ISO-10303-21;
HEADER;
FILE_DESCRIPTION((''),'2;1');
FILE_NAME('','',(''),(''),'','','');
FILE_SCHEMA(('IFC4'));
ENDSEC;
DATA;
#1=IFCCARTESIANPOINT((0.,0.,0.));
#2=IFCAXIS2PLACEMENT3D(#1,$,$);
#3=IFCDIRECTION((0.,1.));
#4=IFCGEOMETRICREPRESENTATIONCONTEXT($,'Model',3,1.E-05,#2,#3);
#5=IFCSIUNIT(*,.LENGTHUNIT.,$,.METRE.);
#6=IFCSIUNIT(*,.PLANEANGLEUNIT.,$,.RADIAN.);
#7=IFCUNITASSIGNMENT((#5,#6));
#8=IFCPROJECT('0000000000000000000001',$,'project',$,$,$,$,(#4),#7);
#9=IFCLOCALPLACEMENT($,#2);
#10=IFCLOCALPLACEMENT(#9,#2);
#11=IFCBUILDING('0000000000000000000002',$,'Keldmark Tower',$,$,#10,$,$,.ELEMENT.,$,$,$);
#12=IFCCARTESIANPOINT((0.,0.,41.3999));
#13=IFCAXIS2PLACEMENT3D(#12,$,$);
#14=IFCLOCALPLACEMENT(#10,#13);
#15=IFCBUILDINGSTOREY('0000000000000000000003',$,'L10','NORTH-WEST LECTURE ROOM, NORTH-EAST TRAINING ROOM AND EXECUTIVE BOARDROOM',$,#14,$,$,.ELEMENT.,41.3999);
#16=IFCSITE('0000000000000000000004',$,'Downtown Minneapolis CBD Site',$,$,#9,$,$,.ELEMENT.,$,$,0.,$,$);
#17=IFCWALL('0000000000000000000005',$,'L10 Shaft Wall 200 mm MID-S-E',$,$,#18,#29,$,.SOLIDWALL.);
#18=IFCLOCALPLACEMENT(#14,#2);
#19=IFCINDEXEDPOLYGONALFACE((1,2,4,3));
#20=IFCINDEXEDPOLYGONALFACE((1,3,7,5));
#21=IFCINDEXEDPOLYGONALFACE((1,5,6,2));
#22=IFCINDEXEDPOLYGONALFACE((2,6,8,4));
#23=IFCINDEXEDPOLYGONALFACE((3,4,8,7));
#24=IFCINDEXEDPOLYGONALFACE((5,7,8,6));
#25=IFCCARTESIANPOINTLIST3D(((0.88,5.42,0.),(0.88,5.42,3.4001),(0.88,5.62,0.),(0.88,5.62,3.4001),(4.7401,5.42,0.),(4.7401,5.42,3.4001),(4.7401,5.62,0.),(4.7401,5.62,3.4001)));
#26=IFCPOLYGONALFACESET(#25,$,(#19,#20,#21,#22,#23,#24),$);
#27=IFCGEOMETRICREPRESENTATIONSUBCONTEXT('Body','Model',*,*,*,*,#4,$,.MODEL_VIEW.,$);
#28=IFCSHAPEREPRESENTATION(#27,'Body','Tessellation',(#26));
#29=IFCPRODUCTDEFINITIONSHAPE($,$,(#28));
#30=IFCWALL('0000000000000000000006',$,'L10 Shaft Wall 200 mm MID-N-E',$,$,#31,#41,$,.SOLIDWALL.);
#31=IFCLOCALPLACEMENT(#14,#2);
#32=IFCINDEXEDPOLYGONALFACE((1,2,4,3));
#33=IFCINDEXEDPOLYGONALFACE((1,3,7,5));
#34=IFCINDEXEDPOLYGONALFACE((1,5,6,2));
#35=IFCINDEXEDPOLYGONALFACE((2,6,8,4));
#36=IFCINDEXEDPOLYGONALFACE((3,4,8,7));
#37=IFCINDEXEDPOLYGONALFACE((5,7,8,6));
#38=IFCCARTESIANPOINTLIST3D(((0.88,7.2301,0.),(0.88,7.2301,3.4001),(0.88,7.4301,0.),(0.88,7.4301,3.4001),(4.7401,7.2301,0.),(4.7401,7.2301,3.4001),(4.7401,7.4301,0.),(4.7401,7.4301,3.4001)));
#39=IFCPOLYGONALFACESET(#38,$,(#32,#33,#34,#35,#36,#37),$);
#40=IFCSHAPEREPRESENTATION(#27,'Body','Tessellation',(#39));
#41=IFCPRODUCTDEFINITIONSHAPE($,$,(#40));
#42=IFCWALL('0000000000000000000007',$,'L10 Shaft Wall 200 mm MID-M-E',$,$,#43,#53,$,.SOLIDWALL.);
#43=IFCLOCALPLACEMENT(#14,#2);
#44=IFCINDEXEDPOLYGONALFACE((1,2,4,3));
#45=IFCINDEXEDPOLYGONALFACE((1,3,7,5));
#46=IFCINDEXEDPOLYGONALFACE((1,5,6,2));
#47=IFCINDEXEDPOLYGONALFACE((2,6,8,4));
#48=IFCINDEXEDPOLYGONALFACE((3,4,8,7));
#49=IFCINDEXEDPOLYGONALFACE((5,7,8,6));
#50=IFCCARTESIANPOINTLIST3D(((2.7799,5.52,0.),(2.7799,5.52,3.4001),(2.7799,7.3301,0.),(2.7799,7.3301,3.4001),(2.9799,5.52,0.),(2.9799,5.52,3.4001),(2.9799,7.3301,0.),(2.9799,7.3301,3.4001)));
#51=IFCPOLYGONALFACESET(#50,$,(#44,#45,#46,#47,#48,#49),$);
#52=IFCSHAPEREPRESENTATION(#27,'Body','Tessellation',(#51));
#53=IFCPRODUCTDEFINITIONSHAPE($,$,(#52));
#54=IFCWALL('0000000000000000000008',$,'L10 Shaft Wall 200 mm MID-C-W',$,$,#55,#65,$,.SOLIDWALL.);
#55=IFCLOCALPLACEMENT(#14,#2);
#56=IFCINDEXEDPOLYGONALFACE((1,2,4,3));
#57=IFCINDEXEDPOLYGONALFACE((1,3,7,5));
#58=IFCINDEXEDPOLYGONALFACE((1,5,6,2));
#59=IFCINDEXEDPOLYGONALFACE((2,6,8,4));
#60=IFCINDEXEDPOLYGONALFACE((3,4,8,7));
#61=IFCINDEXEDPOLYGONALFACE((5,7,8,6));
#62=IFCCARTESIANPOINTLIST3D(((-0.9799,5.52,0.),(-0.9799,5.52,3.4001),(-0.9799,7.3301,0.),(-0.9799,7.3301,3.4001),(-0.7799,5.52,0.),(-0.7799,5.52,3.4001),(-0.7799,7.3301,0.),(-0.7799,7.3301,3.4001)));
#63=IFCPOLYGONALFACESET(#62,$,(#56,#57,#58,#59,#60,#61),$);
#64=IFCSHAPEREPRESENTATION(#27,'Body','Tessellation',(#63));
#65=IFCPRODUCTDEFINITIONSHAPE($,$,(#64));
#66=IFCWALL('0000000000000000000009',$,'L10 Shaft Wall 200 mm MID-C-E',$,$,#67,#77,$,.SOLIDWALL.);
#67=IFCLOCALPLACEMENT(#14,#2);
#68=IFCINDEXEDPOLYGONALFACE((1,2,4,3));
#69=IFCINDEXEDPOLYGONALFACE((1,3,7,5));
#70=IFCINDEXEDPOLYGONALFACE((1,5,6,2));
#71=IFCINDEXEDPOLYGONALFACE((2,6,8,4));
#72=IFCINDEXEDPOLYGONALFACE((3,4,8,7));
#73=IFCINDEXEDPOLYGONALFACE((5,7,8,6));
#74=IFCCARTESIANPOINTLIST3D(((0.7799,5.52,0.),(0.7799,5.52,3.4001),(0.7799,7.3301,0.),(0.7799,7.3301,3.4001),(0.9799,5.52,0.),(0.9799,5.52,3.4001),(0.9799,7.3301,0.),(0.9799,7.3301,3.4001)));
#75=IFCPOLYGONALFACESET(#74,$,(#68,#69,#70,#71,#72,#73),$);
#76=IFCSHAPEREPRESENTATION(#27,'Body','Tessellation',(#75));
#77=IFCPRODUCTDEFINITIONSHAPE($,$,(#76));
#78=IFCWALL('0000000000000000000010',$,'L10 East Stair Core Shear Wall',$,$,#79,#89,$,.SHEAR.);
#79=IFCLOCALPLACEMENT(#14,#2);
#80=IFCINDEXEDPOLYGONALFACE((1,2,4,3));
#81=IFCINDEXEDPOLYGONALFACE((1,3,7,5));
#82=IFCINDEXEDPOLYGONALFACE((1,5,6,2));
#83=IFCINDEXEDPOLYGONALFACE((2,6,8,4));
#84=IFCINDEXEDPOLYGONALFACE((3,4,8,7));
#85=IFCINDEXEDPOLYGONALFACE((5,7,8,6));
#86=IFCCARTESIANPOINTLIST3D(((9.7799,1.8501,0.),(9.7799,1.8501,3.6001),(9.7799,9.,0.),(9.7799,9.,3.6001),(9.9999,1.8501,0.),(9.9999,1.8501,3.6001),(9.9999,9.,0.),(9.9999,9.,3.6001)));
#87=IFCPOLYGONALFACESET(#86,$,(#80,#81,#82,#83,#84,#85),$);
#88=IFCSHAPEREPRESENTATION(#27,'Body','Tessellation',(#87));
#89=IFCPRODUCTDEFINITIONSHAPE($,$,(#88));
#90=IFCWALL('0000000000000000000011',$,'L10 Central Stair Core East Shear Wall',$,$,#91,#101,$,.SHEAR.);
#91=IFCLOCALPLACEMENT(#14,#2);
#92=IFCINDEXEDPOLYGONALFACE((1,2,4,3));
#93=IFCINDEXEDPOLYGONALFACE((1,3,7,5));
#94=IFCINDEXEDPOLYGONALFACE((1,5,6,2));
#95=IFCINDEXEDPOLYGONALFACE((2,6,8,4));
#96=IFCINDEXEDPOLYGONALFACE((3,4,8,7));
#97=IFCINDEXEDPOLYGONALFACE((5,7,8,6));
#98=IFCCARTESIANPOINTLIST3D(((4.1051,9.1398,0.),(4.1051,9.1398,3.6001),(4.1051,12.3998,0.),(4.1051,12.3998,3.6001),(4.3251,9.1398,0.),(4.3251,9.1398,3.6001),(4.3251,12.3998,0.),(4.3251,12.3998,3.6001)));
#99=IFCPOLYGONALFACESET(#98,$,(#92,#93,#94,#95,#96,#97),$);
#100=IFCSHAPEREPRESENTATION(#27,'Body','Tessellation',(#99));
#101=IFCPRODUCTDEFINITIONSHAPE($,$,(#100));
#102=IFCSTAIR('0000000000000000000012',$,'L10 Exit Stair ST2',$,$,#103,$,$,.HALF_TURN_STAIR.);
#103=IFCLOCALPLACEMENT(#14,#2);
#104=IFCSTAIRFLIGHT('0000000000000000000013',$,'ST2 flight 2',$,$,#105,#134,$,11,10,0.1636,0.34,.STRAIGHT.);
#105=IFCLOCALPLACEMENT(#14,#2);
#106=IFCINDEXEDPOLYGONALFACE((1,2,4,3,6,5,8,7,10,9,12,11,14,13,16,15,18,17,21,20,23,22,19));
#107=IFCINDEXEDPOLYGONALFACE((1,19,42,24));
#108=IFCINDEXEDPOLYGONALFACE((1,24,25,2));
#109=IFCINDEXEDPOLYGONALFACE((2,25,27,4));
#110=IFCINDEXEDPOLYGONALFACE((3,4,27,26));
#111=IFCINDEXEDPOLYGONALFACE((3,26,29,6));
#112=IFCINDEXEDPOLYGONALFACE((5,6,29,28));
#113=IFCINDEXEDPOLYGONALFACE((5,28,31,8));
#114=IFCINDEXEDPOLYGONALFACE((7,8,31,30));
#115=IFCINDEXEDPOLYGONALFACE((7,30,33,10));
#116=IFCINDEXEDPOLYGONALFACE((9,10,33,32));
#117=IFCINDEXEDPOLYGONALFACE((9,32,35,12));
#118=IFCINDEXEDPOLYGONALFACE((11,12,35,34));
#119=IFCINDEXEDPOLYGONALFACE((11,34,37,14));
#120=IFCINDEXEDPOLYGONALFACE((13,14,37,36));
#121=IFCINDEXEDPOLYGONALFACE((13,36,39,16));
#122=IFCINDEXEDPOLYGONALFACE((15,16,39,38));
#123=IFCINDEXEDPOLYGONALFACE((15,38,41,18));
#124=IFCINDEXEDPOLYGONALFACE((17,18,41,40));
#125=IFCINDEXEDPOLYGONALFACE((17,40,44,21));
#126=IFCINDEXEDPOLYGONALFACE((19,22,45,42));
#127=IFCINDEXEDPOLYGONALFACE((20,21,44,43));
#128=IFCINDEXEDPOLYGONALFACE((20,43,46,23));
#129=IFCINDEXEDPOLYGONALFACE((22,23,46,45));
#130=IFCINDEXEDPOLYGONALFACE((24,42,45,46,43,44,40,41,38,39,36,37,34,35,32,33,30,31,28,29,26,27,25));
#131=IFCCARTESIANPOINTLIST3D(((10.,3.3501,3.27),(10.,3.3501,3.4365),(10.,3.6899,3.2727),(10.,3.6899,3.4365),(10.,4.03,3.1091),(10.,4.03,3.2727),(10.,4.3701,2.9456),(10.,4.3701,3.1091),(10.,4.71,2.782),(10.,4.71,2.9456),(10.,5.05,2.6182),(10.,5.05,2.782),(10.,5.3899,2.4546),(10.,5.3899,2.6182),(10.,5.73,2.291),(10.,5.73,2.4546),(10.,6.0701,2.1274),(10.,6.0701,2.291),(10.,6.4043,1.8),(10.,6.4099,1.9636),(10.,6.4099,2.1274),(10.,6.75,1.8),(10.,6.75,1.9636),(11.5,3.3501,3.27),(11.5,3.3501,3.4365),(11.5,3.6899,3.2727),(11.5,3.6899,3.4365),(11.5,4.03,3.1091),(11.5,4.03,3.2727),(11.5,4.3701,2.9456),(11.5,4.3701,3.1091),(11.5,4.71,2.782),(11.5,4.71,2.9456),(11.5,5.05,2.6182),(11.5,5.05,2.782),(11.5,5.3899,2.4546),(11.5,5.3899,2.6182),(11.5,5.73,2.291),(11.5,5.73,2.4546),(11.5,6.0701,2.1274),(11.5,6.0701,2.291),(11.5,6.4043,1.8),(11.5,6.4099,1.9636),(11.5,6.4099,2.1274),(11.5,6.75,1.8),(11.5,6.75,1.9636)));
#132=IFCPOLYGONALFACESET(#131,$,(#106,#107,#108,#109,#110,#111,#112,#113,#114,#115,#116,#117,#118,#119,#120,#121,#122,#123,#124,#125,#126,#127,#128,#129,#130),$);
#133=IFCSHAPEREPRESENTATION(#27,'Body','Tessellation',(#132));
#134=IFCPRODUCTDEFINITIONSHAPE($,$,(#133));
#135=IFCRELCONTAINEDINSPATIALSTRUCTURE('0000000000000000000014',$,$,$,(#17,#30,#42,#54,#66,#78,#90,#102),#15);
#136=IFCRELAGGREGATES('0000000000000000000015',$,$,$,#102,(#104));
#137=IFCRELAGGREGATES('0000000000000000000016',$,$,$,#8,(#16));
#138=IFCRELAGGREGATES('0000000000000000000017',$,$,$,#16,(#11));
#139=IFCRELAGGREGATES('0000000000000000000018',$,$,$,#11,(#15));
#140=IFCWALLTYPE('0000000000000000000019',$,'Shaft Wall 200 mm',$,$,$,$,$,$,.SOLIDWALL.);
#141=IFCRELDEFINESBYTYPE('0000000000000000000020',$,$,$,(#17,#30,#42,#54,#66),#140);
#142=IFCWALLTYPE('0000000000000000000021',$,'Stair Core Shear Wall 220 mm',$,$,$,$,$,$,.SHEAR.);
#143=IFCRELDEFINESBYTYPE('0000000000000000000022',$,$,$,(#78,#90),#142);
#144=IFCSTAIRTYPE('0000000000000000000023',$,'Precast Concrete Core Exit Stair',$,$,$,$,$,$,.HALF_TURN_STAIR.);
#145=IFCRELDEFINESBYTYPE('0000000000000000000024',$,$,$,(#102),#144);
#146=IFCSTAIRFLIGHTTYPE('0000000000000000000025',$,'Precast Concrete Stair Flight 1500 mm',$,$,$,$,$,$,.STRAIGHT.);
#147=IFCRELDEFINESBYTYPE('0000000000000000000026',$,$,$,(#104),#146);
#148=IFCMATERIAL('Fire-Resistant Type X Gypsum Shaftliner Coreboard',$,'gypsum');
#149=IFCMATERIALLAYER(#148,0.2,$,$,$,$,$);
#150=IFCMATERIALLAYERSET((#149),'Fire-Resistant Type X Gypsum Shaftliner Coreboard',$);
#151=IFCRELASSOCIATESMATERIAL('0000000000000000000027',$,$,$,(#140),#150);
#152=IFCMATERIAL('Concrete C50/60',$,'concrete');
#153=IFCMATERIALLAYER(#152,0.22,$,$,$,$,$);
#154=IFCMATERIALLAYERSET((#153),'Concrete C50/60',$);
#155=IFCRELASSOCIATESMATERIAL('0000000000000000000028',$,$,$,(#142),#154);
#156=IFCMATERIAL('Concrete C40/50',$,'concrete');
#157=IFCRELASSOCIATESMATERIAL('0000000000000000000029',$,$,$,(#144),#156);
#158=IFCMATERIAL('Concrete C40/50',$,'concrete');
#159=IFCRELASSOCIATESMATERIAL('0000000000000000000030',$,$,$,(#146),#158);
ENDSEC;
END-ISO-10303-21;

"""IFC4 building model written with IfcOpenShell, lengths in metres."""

from ifc_helpers import new_model, si_unit, direction, frame, frame_2d, origin, place, context, subcontext, project, spatial, polyline, rectangle, outline, extrude, material, layer, layer_set, type_object, element, aggregate, save


model = new_model("IFC4")

# Units and contexts
model_context = context("Model", 3, precision=1e-05, world=origin(), true_north=direction((0.0, 1.0)))
body_context = subcontext(model_context, "Body", "Model", "MODEL_VIEW")
ifc_project = project(units=[si_unit("LENGTHUNIT", "METRE"), si_unit("PLANEANGLEUNIT", "RADIAN")], contexts=[model_context])

# Site, building, storey
site_placement = place(None, origin())
site = spatial("IfcSite", under=ifc_project, at=site_placement, Name="Downtown Minneapolis CBD Site", CompositionType="ELEMENT", RefElevation=0.0)
building_placement = place(site_placement, origin())
building = spatial("IfcBuilding", under=site, at=building_placement, Name="Keldmark Tower", CompositionType="ELEMENT")
storey_placement = place(building_placement, frame((0.0, 0.0, 41.3999)))
storey = spatial("IfcBuildingStorey", under=building, at=storey_placement, Name="L10", Description="NORTH-WEST LECTURE ROOM, NORTH-EAST TRAINING ROOM AND EXECUTIVE BOARDROOM", CompositionType="ELEMENT", Elevation=41.3999)

# Shared definitions
ifc_material_1 = material(Name="Fire-Resistant Type X Gypsum Shaftliner Coreboard", Category="gypsum")
ifc_layer_1 = layer(ifc_material_1, 0.2)
ifc_layer_set_1 = layer_set([ifc_layer_1], Name="Fire-Resistant Type X Gypsum Shaftliner Coreboard")
wall_type_1 = type_object("IfcWallType", Name="Shaft Wall 200 mm", PredefinedType="SOLIDWALL", material=ifc_layer_set_1)

# Walls
for number, where, z_axis, x_axis, name in (
    (1, (0.8799, 5.52, 0.0), (0.0, 0.0, 1.0), (1.0, 0.0, 0.0), "L10 Shaft Wall 200 mm MID-S-E"),
    (2, (0.8799, 7.3301, 0.0), (0.0, 0.0, 1.0), (1.0, 0.0, 0.0), "L10 Shaft Wall 200 mm MID-N-E"),
):
    element("IfcWall", number, at=place(storey_placement, frame(where, z_axis=z_axis, x_axis=x_axis)), inside=storey, type_object=wall_type_1, Name=name, PredefinedType="SOLIDWALL", context=body_context, shape_type="SweptSolid", body=[
        extrude(rectangle(XDim=3.8601, YDim=0.2, at=frame_2d((1.9302, 0.0))), origin(), (0.0, 0.0, 1.0), 3.4001),
    ])
for number, where, z_axis, x_axis, name in (
    (3, (2.8799, 5.52, 0.0), (0.0, 0.0, 1.0), (0.0, 1.0, 0.0), "L10 Shaft Wall 200 mm MID-M-E"),
    (4, (-0.8799, 5.52, 0.0), (0.0, 0.0, 1.0), (0.0, 1.0, 0.0), "L10 Shaft Wall 200 mm MID-C-W"),
    (5, (0.8799, 5.52, 0.0), (0.0, 0.0, 1.0), (0.0, 1.0, 0.0), "L10 Shaft Wall 200 mm MID-C-E"),
):
    element("IfcWall", number, at=place(storey_placement, frame(where, z_axis=z_axis, x_axis=x_axis)), inside=storey, type_object=wall_type_1, Name=name, PredefinedType="SOLIDWALL", context=body_context, shape_type="SweptSolid", body=[
        extrude(rectangle(XDim=1.8101, YDim=0.2, at=frame_2d((0.905, 0.0))), origin(), (0.0, 0.0, 1.0), 3.4001),
    ])
ifc_material_2 = material(Name="Concrete C50/60", Category="concrete")
ifc_layer_2 = layer(ifc_material_2, 0.22)
ifc_layer_set_2 = layer_set([ifc_layer_2], Name="Concrete C50/60")
wall_type_2 = type_object("IfcWallType", Name="Stair Core Shear Wall 220 mm", PredefinedType="SHEAR", material=ifc_layer_set_2)
wall_1_placement = place(storey_placement, frame((9.8899, 1.8501, 0.0), z_axis=(0.0, 0.0, 1.0), x_axis=(0.0, 1.0, 0.0)))
element("IfcWall", 6, at=wall_1_placement, inside=storey, type_object=wall_type_2, Name="L10 East Stair Core Shear Wall", PredefinedType="SHEAR", context=body_context, shape_type="SweptSolid", body=[
    extrude(rectangle(XDim=7.1499, YDim=0.22, at=frame_2d((3.575, 0.0))), origin(), (0.0, 0.0, 1.0), 3.6001),
])
wall_2_placement = place(storey_placement, frame((4.2151, 9.1399, 0.0), z_axis=(0.0, 0.0, 1.0), x_axis=(0.0, 1.0, 0.0)))
element("IfcWall", 7, at=wall_2_placement, inside=storey, type_object=wall_type_2, Name="L10 Central Stair Core East Shear Wall", PredefinedType="SHEAR", context=body_context, shape_type="SweptSolid", body=[
    extrude(rectangle(XDim=3.26, YDim=0.22, at=frame_2d((1.6299, 0.0))), origin(), (0.0, 0.0, 1.0), 3.6001),
])

# Stair, stair flight
ifc_material_3 = material(Name="Concrete C40/50", Category="concrete")
stair_type = type_object("IfcStairType", Name="Precast Concrete Core Exit Stair", PredefinedType="HALF_TURN_STAIR", material=ifc_material_3)
stair_placement = place(storey_placement, origin())
stair = element("IfcStair", 8, at=stair_placement, inside=storey, type_object=stair_type, Name="L10 Exit Stair ST2", PredefinedType="HALF_TURN_STAIR")
ifc_material_4 = material(Name="Concrete C40/50", Category="concrete")
stair_flight_type = type_object("IfcStairFlightType", Name="Precast Concrete Stair Flight 1500 mm", PredefinedType="STRAIGHT", material=ifc_material_4)
stair_flight_placement = place(storey_placement, frame((10.75, 6.75, 1.8), z_axis=(0.0, 0.0, 1.0), x_axis=(0.0, -1.0, 0.0)))
stair_flight = element("IfcStairFlight", 9, at=stair_flight_placement, type_object=stair_flight_type, Name="ST2 flight 2", NumberOfRisers=11, NumberOfTreads=10, PredefinedType="STRAIGHT", RiserHeight=0.1636, TreadLength=0.34, context=body_context, shape_type="SweptSolid", body=[
    extrude(outline(polyline([(0.0, 0.0), (0.0, 0.1636), (0.3401, 0.1636), (0.3401, 0.3274), (0.6799, 0.3274), (0.6799, 0.491), (1.02, 0.491), (1.02, 0.6545), (1.3601, 0.6545), (1.3601, 0.8181), (1.7, 0.8181), (1.7, 0.9819), (2.04, 0.9819), (2.04, 1.1455), (2.3799, 1.1455), (2.3799, 1.3091), (2.72, 1.3091), (2.72, 1.4727), (3.0601, 1.4727), (3.0601, 1.6365), (3.3999, 1.6365), (3.3999, 1.8), (3.3999, 1.47), (0.3457, 0.0), (0.0, 0.0)])), frame((0.0, 0.75, 0.0), z_axis=(0.0, -1.0, 0.0), x_axis=(1.0, 0.0, 0.0)), (0.0, 0.0, 1.0), 1.5),
])
aggregate(stair, [stair_flight])

save(model, "model.ifc")
